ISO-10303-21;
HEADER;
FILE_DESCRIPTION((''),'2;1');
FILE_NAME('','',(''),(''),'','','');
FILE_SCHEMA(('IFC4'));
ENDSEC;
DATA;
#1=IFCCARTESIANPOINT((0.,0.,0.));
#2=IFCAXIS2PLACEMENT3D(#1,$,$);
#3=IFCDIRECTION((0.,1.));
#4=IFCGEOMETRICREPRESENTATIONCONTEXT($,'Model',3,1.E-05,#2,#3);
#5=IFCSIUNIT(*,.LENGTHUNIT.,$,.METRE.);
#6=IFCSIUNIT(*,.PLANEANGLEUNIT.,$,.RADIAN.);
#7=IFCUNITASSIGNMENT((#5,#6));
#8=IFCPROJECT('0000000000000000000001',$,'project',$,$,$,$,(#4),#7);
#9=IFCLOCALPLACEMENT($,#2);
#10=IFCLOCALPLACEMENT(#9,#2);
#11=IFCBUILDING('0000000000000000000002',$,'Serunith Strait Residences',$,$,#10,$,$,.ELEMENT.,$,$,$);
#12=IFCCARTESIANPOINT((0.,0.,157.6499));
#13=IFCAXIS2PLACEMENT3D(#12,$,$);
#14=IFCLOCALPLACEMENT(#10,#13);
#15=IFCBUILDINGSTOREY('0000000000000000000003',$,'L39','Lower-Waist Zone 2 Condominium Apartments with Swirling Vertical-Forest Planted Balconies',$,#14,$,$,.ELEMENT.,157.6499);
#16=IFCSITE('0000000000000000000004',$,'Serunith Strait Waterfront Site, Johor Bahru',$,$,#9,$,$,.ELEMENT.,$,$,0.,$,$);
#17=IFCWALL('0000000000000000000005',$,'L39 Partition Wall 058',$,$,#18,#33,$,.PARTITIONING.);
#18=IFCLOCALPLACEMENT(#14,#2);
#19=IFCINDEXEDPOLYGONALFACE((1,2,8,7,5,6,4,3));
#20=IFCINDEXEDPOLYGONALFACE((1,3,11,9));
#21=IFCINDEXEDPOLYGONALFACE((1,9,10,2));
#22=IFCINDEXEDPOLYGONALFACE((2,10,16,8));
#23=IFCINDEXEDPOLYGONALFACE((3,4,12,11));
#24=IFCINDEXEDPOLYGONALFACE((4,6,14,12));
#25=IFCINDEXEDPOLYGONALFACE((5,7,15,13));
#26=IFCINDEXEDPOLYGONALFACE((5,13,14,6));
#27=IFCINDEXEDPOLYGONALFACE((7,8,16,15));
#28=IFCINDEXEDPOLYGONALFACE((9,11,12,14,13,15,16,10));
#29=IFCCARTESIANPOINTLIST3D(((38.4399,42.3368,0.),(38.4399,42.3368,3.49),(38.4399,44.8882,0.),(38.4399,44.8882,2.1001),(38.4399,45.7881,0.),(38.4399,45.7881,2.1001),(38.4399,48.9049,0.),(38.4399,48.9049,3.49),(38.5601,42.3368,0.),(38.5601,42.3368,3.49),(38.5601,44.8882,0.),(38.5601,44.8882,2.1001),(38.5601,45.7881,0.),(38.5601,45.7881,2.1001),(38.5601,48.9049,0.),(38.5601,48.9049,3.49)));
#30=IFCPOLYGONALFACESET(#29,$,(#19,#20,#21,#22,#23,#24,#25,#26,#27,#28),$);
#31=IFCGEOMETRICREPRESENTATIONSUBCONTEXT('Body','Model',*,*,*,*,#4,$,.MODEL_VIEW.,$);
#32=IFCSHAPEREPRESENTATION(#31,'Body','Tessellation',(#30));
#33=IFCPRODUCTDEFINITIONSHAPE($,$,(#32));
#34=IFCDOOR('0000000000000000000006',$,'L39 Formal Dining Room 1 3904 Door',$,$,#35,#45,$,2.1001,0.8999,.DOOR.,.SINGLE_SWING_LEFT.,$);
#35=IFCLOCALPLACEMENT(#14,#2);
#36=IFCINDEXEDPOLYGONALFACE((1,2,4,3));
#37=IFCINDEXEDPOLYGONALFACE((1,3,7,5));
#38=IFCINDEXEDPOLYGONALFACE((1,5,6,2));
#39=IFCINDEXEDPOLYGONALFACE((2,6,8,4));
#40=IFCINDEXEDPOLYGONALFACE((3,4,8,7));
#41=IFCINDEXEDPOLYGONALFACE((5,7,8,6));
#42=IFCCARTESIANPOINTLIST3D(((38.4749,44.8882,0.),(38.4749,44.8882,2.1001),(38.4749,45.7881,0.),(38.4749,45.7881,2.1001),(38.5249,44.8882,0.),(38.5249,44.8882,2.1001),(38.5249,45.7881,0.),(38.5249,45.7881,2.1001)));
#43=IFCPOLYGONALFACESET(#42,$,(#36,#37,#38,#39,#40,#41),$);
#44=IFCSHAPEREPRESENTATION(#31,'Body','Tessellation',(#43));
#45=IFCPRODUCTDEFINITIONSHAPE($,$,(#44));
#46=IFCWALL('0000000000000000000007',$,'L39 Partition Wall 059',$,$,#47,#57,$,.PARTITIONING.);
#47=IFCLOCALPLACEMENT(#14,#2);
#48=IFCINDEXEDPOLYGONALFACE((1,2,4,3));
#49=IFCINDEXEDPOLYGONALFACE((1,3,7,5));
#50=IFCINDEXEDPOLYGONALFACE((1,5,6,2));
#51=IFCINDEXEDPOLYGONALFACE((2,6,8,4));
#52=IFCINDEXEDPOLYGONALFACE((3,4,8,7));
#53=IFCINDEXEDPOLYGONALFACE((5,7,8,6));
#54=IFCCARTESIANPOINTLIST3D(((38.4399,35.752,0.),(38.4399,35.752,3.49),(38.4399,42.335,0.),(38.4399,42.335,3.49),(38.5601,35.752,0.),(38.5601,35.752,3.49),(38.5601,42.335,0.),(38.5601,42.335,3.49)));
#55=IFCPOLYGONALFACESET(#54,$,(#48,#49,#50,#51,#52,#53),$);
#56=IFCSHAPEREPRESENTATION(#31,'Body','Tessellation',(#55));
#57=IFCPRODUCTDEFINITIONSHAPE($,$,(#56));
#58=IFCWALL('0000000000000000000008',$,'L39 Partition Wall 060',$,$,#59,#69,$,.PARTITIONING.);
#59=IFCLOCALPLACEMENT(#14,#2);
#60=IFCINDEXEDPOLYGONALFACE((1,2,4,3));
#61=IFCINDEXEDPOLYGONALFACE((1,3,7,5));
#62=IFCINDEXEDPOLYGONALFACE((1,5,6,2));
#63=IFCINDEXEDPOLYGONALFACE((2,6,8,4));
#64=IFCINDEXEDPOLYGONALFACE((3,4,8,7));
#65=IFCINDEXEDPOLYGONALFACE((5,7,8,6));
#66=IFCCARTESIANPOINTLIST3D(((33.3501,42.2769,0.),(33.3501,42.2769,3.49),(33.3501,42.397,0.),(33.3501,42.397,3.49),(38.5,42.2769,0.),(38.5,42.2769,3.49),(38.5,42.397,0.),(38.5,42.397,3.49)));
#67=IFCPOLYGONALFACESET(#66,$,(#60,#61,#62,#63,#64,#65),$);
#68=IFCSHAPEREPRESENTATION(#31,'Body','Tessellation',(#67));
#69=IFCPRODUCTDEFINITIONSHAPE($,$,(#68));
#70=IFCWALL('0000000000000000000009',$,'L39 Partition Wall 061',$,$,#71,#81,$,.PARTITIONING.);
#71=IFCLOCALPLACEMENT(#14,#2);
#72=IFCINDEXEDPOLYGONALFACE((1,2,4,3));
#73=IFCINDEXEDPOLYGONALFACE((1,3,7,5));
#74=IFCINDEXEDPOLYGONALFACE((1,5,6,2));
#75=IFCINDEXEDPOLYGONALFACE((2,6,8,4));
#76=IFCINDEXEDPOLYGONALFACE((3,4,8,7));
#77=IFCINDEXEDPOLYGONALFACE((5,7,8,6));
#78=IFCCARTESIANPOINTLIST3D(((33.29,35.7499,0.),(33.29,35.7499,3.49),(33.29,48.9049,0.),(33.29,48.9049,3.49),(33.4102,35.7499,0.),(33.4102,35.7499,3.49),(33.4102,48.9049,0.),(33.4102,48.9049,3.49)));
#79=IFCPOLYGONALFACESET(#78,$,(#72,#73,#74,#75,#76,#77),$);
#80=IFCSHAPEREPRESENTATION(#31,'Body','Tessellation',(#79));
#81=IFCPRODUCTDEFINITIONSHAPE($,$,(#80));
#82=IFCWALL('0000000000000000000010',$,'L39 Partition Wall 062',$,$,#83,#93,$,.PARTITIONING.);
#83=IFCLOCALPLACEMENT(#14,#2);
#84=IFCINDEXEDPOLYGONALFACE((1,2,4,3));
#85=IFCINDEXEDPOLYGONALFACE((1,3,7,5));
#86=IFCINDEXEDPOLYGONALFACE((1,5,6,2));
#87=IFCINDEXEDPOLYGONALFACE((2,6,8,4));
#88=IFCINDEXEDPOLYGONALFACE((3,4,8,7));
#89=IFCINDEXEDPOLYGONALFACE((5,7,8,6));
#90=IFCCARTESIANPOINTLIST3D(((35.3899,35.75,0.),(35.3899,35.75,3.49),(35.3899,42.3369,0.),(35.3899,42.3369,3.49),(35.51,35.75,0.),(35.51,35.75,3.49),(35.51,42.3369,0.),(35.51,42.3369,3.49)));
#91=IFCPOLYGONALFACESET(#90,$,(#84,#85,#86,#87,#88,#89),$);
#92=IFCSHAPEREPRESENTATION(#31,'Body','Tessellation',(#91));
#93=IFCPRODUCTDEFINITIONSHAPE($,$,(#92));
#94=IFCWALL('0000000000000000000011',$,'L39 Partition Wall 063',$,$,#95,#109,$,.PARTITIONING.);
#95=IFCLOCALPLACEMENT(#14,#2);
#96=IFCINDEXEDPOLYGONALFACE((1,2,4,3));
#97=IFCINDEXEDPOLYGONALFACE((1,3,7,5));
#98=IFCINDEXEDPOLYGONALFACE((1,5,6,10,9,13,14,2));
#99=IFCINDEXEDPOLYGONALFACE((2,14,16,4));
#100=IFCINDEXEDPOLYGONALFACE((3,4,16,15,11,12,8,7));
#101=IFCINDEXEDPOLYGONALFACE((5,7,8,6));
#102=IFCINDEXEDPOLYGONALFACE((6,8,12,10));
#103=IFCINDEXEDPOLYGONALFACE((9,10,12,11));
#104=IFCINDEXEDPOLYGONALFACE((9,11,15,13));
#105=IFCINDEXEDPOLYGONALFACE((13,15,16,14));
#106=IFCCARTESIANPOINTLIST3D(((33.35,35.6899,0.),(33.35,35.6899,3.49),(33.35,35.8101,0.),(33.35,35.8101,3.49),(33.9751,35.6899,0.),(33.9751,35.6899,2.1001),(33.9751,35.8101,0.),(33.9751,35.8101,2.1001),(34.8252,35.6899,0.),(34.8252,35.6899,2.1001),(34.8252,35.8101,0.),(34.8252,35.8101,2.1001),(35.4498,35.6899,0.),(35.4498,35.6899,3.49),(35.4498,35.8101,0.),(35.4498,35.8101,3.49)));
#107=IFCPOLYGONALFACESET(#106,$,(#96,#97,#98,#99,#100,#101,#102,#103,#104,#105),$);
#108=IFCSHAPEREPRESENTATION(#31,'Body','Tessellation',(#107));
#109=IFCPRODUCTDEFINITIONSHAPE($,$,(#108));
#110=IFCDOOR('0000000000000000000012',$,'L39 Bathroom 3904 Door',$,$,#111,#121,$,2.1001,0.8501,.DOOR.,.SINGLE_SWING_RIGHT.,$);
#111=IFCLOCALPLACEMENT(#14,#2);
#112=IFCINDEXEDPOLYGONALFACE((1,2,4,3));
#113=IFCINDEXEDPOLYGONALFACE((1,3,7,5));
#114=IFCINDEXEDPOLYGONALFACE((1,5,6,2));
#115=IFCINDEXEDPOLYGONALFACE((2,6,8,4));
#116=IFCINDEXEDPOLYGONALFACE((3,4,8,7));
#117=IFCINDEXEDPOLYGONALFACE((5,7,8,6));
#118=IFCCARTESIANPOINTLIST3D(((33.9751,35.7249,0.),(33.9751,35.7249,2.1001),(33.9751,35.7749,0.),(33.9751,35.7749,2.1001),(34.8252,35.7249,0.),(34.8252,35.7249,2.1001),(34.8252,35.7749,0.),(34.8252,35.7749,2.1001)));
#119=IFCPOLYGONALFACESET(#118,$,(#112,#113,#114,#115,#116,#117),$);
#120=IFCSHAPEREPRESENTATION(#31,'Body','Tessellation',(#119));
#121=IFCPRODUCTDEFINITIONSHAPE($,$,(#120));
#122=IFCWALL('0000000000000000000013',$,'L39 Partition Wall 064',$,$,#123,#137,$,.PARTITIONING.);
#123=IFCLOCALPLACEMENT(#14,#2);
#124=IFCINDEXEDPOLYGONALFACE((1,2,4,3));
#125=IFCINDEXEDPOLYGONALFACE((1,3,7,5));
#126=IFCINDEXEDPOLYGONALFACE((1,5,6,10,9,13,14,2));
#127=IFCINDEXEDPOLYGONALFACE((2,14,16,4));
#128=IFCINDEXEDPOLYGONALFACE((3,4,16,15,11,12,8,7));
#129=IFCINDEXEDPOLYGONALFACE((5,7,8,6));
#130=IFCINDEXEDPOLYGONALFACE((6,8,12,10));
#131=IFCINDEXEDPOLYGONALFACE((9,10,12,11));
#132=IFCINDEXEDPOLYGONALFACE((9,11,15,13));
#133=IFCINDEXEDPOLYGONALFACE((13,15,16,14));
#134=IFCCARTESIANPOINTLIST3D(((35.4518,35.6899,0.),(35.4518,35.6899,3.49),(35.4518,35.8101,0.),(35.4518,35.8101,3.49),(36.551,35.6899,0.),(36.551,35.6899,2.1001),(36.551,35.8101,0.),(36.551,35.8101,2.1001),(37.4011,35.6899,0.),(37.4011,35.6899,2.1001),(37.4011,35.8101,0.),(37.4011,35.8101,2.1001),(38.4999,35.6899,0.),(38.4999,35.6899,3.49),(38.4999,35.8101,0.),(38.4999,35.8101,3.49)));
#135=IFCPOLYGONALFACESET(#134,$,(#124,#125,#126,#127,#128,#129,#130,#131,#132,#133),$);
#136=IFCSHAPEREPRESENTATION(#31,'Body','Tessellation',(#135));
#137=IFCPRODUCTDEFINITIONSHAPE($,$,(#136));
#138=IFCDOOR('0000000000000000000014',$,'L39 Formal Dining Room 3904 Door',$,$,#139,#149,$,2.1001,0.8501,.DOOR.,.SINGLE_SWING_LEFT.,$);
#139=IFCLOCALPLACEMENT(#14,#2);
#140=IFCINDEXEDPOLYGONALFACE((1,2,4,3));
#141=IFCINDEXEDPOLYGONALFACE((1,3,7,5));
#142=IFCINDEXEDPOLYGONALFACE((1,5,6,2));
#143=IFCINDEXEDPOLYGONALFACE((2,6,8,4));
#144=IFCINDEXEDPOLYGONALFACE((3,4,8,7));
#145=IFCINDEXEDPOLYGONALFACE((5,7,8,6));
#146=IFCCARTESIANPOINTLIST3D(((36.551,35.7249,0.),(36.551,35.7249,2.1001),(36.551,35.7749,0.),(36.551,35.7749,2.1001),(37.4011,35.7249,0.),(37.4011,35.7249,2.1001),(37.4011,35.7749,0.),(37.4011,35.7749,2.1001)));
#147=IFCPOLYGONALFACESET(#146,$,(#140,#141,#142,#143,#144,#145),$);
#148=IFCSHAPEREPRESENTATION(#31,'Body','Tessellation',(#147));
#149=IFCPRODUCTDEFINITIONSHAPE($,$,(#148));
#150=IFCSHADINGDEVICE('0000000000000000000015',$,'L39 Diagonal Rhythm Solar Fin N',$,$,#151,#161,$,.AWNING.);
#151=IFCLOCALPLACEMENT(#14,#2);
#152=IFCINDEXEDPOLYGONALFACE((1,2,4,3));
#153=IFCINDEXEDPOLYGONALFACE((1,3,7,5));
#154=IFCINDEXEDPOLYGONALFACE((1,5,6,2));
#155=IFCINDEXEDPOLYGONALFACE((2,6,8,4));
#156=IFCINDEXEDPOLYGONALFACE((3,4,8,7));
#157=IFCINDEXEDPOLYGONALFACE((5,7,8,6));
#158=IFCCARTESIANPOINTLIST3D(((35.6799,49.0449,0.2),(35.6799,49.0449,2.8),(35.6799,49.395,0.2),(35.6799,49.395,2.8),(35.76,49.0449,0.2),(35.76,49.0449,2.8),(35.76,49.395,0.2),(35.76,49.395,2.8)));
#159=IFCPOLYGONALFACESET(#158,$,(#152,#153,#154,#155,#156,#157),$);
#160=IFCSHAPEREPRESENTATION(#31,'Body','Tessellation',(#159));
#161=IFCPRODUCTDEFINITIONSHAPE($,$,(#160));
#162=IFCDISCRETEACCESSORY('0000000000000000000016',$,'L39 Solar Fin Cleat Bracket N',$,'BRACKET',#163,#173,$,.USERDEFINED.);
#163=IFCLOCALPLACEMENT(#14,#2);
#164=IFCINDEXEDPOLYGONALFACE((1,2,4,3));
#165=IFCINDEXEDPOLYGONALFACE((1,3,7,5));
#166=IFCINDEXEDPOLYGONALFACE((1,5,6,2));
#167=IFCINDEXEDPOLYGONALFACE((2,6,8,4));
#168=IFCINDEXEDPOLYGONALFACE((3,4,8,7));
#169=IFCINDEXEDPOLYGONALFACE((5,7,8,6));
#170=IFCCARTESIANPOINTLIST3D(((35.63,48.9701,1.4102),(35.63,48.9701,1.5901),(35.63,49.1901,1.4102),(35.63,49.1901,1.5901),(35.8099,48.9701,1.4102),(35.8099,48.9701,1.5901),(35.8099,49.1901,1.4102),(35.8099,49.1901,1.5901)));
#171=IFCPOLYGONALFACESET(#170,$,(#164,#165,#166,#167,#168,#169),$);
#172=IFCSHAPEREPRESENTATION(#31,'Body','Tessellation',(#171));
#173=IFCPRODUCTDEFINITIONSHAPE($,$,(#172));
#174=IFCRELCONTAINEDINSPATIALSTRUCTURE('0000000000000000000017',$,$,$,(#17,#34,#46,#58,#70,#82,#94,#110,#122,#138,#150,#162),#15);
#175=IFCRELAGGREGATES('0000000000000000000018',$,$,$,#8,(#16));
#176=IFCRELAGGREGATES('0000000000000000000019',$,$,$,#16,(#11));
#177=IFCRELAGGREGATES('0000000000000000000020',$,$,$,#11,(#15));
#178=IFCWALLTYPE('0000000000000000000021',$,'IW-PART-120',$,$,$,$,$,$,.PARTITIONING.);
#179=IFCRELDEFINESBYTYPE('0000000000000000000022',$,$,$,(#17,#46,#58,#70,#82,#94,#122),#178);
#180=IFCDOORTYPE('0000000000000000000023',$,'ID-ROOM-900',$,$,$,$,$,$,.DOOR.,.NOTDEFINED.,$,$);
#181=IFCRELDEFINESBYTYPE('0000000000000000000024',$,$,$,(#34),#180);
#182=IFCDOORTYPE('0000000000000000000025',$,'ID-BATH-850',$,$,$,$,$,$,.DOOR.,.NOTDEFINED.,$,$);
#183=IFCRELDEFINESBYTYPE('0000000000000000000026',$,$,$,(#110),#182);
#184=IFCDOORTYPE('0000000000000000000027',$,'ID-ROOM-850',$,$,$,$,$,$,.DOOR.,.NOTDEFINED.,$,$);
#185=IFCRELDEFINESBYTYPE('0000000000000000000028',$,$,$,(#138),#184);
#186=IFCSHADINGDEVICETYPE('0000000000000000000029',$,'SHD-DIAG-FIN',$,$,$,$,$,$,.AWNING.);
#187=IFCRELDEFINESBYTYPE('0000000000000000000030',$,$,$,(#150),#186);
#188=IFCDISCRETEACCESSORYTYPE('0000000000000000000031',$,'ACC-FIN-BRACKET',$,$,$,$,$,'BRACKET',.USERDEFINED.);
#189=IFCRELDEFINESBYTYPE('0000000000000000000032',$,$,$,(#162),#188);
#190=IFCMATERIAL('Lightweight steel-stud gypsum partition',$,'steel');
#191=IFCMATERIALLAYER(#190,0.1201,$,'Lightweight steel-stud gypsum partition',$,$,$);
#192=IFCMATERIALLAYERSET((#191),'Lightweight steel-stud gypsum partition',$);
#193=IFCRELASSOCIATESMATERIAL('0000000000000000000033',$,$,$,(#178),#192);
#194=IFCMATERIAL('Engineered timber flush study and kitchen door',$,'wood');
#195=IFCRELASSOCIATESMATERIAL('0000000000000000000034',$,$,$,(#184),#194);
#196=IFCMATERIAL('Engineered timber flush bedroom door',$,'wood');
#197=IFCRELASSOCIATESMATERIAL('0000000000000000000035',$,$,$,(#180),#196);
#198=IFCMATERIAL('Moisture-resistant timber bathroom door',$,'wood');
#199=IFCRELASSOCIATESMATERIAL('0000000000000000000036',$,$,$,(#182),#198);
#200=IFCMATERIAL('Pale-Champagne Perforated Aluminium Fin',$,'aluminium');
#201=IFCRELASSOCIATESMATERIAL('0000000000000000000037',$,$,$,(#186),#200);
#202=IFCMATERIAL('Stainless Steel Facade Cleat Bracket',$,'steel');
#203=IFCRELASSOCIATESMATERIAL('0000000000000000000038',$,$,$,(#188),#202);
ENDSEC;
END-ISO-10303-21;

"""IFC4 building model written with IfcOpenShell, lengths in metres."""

from ifc_helpers import new_model, si_unit, direction, frame, frame_2d, origin, origin_2d, place, context, subcontext, project, spatial, rectangle, extrude, source, transform, mapped, material, layer, layer_set, type_object, element, fill, save


model = new_model("IFC4")

# Units and contexts
model_context = context("Model", 3, precision=1e-05, world=origin(), true_north=direction((0.0, 1.0)))
body_context = subcontext(model_context, "Body", "Model", "MODEL_VIEW")
ifc_project = project(units=[si_unit("LENGTHUNIT", "METRE"), si_unit("PLANEANGLEUNIT", "RADIAN")], contexts=[model_context])

# Site, building, storey
site_placement = place(None, origin())
site = spatial("IfcSite", under=ifc_project, at=site_placement, Name="Serunith Strait Waterfront Site, Johor Bahru", CompositionType="ELEMENT", RefElevation=0.0)
building_placement = place(site_placement, origin())
building = spatial("IfcBuilding", under=site, at=building_placement, Name="Serunith Strait Residences", CompositionType="ELEMENT")
storey_placement = place(building_placement, frame((0.0, 0.0, 157.6499)))
storey = spatial("IfcBuildingStorey", under=building, at=storey_placement, Name="L39", Description="Lower-Waist Zone 2 Condominium Apartments with Swirling Vertical-Forest Planted Balconies", CompositionType="ELEMENT", Elevation=157.6499)

# Shared definitions
ifc_material_1 = material(Name="Lightweight steel-stud gypsum partition", Category="steel")
ifc_layer_1 = layer(ifc_material_1, 0.1201, Name="Lightweight steel-stud gypsum partition")
ifc_layer_set_1 = layer_set([ifc_layer_1], Name="Lightweight steel-stud gypsum partition")
wall_type = type_object("IfcWallType", Name="IW-PART-120", PredefinedType="PARTITIONING", material=ifc_layer_set_1)
ifc_material_2 = material(Name="Engineered timber flush study and kitchen door", Category="wood")
door_type_1 = type_object("IfcDoorType", Name="ID-ROOM-850", OperationType="NOTDEFINED", PredefinedType="DOOR", material=ifc_material_2)
shared_shape_1 = source(origin(), body_context, "Body", "SweptSolid", [
    extrude(rectangle(XDim=0.8501, YDim=2.1001, at=frame_2d((0.425, 1.05))), frame((0.0, 0.0249, 0.0), z_axis=(0.0, -1.0, 0.0), x_axis=(1.0, 0.0, 0.0)), (0.0, 0.0, 1.0), 0.05),
])

# Wall, opening, door
ifc_material_3 = material(Name="Engineered timber flush bedroom door", Category="wood")
door_type_2 = type_object("IfcDoorType", Name="ID-ROOM-900", OperationType="NOTDEFINED", PredefinedType="DOOR", material=ifc_material_3)
shared_shape_2 = source(origin(), body_context, "Body", "SweptSolid", [
    extrude(rectangle(XDim=0.8999, YDim=2.1001, at=frame_2d((0.45, 1.05))), frame((0.0, 0.0249, 0.0), z_axis=(0.0, -1.0, 0.0), x_axis=(1.0, 0.0, 0.0)), (0.0, 0.0, 1.0), 0.05),
])
wall_1_placement = place(storey_placement, frame((38.5, 48.905, 0.0), z_axis=(0.0, 0.0, 1.0), x_axis=(0.0, -1.0, 0.0)))
wall_1 = element("IfcWall", 1, at=wall_1_placement, inside=storey, type_object=wall_type, Name="L39 Partition Wall 058", PredefinedType="PARTITIONING", context=body_context, shape_type="SweptSolid", body=[
    extrude(rectangle(XDim=6.5681, YDim=0.1201, at=frame_2d((3.2842, 0.0))), origin(), (0.0, 0.0, 1.0), 3.49),
])
opening_1_placement = place(wall_1_placement, frame((3.1169, 0.0, 0.0)))
opening_1 = element("IfcOpeningElement", 2, at=opening_1_placement, cuts=wall_1, PredefinedType="OPENING", context=body_context, shape_type="SweptSolid", body=[
    extrude(rectangle(XDim=0.8999, YDim=2.1001, at=frame_2d((0.45, 1.05))), frame((0.0, 0.0701, 0.0), z_axis=(0.0, -1.0, 0.0), x_axis=(1.0, 0.0, 0.0)), (0.0, 0.0, 1.0), 0.1401),
])
door_1_placement = place(opening_1_placement, origin())
door_1 = element("IfcDoor", 3, at=door_1_placement, inside=storey, type_object=door_type_2, Name="L39 Formal Dining Room 1 3904 Door", OperationType="SINGLE_SWING_LEFT", OverallHeight=2.1001, OverallWidth=0.8999, PredefinedType="DOOR", context=body_context, shape_type="MappedRepresentation", body=[
    mapped(shared_shape_2, transform((0.0, 0.0, 0.0), scale=1.0)),
])
fill(opening_1, door_1)

# Walls
wall_2_placement = place(storey_placement, frame((38.5, 42.335, 0.0), z_axis=(0.0, 0.0, 1.0), x_axis=(0.0, -1.0, 0.0)))
element("IfcWall", 4, at=wall_2_placement, inside=storey, type_object=wall_type, Name="L39 Partition Wall 059", PredefinedType="PARTITIONING", context=body_context, shape_type="SweptSolid", body=[
    extrude(rectangle(XDim=6.583, YDim=0.1201, at=frame_2d((3.2915, 0.0))), origin(), (0.0, 0.0, 1.0), 3.49),
])
wall_3_placement = place(storey_placement, frame((33.3501, 42.3369, 0.0), z_axis=(0.0, 0.0, 1.0), x_axis=(1.0, 0.0, 0.0)))
element("IfcWall", 5, at=wall_3_placement, inside=storey, type_object=wall_type, Name="L39 Partition Wall 060", PredefinedType="PARTITIONING", context=body_context, shape_type="SweptSolid", body=[
    extrude(rectangle(XDim=5.1499, YDim=0.1201, at=frame_2d((2.575, 0.0))), origin(), (0.0, 0.0, 1.0), 3.49),
])
wall_4_placement = place(storey_placement, frame((33.3501, 48.905, 0.0), z_axis=(0.0, 0.0, 1.0), x_axis=(0.0, -1.0, 0.0)))
element("IfcWall", 6, at=wall_4_placement, inside=storey, type_object=wall_type, Name="L39 Partition Wall 061", PredefinedType="PARTITIONING", context=body_context, shape_type="SweptSolid", body=[
    extrude(rectangle(XDim=13.155, YDim=0.1201, at=frame_2d((6.5776, 0.0))), origin(), (0.0, 0.0, 1.0), 3.49),
])
wall_5_placement = place(storey_placement, frame((35.45, 42.3369, 0.0), z_axis=(0.0, 0.0, 1.0), x_axis=(0.0, -1.0, 0.0)))
element("IfcWall", 7, at=wall_5_placement, inside=storey, type_object=wall_type, Name="L39 Partition Wall 062", PredefinedType="PARTITIONING", context=body_context, shape_type="SweptSolid", body=[
    extrude(rectangle(XDim=6.5869, YDim=0.1201, at=frame_2d((3.2935, 0.0))), origin(), (0.0, 0.0, 1.0), 3.49),
])

# Walls, openings, doors
wall_6_placement = place(storey_placement, frame((33.3501, 35.75, 0.0), z_axis=(0.0, 0.0, 1.0), x_axis=(1.0, 0.0, 0.0)))
wall_6 = element("IfcWall", 8, at=wall_6_placement, inside=storey, type_object=wall_type, Name="L39 Partition Wall 063", PredefinedType="PARTITIONING", context=body_context, shape_type="SweptSolid", body=[
    extrude(rectangle(XDim=2.0999, YDim=0.1201, at=frame_2d((1.0498, 0.0))), origin(), (0.0, 0.0, 1.0), 3.49),
])
opening_2_placement = place(wall_6_placement, frame((0.625, 0.0, 0.0)))
opening_2 = element("IfcOpeningElement", 9, at=opening_2_placement, cuts=wall_6, PredefinedType="OPENING", context=body_context, shape_type="SweptSolid", body=[
    extrude(rectangle(XDim=0.8501, YDim=2.1001, at=frame_2d((0.425, 1.05))), frame((0.0, 0.0701, 0.0), z_axis=(0.0, -1.0, 0.0), x_axis=(1.0, 0.0, 0.0)), (0.0, 0.0, 1.0), 0.1401),
])
ifc_material_4 = material(Name="Moisture-resistant timber bathroom door", Category="wood")
door_type_3 = type_object("IfcDoorType", Name="ID-BATH-850", OperationType="NOTDEFINED", PredefinedType="DOOR", material=ifc_material_4)
door_2_placement = place(opening_2_placement, origin())
door_2 = element("IfcDoor", 10, at=door_2_placement, inside=storey, type_object=door_type_3, Name="L39 Bathroom 3904 Door", OperationType="SINGLE_SWING_RIGHT", OverallHeight=2.1001, OverallWidth=0.8501, PredefinedType="DOOR", context=body_context, shape_type="MappedRepresentation", body=[
    mapped(shared_shape_1, transform((0.0, 0.0, 0.0), scale=1.0)),
])
fill(opening_2, door_2)
wall_7_placement = place(storey_placement, frame((35.4519, 35.75, 0.0), z_axis=(0.0, 0.0, 1.0), x_axis=(1.0, 0.0, 0.0)))
wall_7 = element("IfcWall", 11, at=wall_7_placement, inside=storey, type_object=wall_type, Name="L39 Partition Wall 064", PredefinedType="PARTITIONING", context=body_context, shape_type="SweptSolid", body=[
    extrude(rectangle(XDim=3.0481, YDim=0.1201, at=frame_2d((1.5239, 0.0))), origin(), (0.0, 0.0, 1.0), 3.49),
])
opening_3_placement = place(wall_7_placement, frame((1.0991, 0.0, 0.0)))
opening_3 = element("IfcOpeningElement", 12, at=opening_3_placement, cuts=wall_7, PredefinedType="OPENING", context=body_context, shape_type="SweptSolid", body=[
    extrude(rectangle(XDim=0.8501, YDim=2.1001, at=frame_2d((0.425, 1.05))), frame((0.0, 0.0701, 0.0), z_axis=(0.0, -1.0, 0.0), x_axis=(1.0, 0.0, 0.0)), (0.0, 0.0, 1.0), 0.1401),
])
door_3_placement = place(opening_3_placement, origin())
door_3 = element("IfcDoor", 13, at=door_3_placement, inside=storey, type_object=door_type_1, Name="L39 Formal Dining Room 3904 Door", OperationType="SINGLE_SWING_LEFT", OverallHeight=2.1001, OverallWidth=0.8501, PredefinedType="DOOR", context=body_context, shape_type="MappedRepresentation", body=[
    mapped(shared_shape_1, transform((0.0, 0.0, 0.0), scale=1.0)),
])
fill(opening_3, door_3)

# Shading device
ifc_material_5 = material(Name="Pale-Champagne Perforated Aluminium Fin", Category="aluminium")
shading_device_type = type_object("IfcShadingDeviceType", Name="SHD-DIAG-FIN", PredefinedType="AWNING", material=ifc_material_5)
shared_shape_3 = source(origin(), body_context, "Body", "SweptSolid", [
    extrude(rectangle(XDim=0.0801, YDim=0.3501, at=origin_2d()), origin(), (0.0, 0.0, 1.0), 2.6001),
])
shading_device_placement = place(storey_placement, frame((35.72, 49.22, 0.2), z_axis=(0.0, 0.0, 1.0), x_axis=(1.0, 0.0, 0.0)))
element("IfcShadingDevice", 14, at=shading_device_placement, inside=storey, type_object=shading_device_type, Name="L39 Diagonal Rhythm Solar Fin N", PredefinedType="AWNING", context=body_context, shape_type="MappedRepresentation", body=[
    mapped(shared_shape_3, transform((0.0, 0.0, 0.0), scale=1.0)),
])

# Discrete accessory
ifc_material_6 = material(Name="Stainless Steel Facade Cleat Bracket", Category="steel")
discrete_accessory_type = type_object("IfcDiscreteAccessoryType", Name="ACC-FIN-BRACKET", ElementType="BRACKET", PredefinedType="USERDEFINED", material=ifc_material_6)
shared_shape_4 = source(origin(), body_context, "Body", "SweptSolid", [
    extrude(rectangle(XDim=0.1799, YDim=0.22, at=origin_2d()), origin(), (0.0, 0.0, 1.0), 0.1799),
])
discrete_accessory_placement = place(storey_placement, frame((35.72, 49.0801, 1.4102), z_axis=(0.0, 0.0, 1.0), x_axis=(1.0, 0.0, 0.0)))
element("IfcDiscreteAccessory", 15, at=discrete_accessory_placement, inside=storey, type_object=discrete_accessory_type, Name="L39 Solar Fin Cleat Bracket N", ObjectType="BRACKET", PredefinedType="USERDEFINED", context=body_context, shape_type="MappedRepresentation", body=[
    mapped(shared_shape_4, transform((0.0, 0.0, 0.0), scale=1.0)),
])

save(model, "model.ifc")
